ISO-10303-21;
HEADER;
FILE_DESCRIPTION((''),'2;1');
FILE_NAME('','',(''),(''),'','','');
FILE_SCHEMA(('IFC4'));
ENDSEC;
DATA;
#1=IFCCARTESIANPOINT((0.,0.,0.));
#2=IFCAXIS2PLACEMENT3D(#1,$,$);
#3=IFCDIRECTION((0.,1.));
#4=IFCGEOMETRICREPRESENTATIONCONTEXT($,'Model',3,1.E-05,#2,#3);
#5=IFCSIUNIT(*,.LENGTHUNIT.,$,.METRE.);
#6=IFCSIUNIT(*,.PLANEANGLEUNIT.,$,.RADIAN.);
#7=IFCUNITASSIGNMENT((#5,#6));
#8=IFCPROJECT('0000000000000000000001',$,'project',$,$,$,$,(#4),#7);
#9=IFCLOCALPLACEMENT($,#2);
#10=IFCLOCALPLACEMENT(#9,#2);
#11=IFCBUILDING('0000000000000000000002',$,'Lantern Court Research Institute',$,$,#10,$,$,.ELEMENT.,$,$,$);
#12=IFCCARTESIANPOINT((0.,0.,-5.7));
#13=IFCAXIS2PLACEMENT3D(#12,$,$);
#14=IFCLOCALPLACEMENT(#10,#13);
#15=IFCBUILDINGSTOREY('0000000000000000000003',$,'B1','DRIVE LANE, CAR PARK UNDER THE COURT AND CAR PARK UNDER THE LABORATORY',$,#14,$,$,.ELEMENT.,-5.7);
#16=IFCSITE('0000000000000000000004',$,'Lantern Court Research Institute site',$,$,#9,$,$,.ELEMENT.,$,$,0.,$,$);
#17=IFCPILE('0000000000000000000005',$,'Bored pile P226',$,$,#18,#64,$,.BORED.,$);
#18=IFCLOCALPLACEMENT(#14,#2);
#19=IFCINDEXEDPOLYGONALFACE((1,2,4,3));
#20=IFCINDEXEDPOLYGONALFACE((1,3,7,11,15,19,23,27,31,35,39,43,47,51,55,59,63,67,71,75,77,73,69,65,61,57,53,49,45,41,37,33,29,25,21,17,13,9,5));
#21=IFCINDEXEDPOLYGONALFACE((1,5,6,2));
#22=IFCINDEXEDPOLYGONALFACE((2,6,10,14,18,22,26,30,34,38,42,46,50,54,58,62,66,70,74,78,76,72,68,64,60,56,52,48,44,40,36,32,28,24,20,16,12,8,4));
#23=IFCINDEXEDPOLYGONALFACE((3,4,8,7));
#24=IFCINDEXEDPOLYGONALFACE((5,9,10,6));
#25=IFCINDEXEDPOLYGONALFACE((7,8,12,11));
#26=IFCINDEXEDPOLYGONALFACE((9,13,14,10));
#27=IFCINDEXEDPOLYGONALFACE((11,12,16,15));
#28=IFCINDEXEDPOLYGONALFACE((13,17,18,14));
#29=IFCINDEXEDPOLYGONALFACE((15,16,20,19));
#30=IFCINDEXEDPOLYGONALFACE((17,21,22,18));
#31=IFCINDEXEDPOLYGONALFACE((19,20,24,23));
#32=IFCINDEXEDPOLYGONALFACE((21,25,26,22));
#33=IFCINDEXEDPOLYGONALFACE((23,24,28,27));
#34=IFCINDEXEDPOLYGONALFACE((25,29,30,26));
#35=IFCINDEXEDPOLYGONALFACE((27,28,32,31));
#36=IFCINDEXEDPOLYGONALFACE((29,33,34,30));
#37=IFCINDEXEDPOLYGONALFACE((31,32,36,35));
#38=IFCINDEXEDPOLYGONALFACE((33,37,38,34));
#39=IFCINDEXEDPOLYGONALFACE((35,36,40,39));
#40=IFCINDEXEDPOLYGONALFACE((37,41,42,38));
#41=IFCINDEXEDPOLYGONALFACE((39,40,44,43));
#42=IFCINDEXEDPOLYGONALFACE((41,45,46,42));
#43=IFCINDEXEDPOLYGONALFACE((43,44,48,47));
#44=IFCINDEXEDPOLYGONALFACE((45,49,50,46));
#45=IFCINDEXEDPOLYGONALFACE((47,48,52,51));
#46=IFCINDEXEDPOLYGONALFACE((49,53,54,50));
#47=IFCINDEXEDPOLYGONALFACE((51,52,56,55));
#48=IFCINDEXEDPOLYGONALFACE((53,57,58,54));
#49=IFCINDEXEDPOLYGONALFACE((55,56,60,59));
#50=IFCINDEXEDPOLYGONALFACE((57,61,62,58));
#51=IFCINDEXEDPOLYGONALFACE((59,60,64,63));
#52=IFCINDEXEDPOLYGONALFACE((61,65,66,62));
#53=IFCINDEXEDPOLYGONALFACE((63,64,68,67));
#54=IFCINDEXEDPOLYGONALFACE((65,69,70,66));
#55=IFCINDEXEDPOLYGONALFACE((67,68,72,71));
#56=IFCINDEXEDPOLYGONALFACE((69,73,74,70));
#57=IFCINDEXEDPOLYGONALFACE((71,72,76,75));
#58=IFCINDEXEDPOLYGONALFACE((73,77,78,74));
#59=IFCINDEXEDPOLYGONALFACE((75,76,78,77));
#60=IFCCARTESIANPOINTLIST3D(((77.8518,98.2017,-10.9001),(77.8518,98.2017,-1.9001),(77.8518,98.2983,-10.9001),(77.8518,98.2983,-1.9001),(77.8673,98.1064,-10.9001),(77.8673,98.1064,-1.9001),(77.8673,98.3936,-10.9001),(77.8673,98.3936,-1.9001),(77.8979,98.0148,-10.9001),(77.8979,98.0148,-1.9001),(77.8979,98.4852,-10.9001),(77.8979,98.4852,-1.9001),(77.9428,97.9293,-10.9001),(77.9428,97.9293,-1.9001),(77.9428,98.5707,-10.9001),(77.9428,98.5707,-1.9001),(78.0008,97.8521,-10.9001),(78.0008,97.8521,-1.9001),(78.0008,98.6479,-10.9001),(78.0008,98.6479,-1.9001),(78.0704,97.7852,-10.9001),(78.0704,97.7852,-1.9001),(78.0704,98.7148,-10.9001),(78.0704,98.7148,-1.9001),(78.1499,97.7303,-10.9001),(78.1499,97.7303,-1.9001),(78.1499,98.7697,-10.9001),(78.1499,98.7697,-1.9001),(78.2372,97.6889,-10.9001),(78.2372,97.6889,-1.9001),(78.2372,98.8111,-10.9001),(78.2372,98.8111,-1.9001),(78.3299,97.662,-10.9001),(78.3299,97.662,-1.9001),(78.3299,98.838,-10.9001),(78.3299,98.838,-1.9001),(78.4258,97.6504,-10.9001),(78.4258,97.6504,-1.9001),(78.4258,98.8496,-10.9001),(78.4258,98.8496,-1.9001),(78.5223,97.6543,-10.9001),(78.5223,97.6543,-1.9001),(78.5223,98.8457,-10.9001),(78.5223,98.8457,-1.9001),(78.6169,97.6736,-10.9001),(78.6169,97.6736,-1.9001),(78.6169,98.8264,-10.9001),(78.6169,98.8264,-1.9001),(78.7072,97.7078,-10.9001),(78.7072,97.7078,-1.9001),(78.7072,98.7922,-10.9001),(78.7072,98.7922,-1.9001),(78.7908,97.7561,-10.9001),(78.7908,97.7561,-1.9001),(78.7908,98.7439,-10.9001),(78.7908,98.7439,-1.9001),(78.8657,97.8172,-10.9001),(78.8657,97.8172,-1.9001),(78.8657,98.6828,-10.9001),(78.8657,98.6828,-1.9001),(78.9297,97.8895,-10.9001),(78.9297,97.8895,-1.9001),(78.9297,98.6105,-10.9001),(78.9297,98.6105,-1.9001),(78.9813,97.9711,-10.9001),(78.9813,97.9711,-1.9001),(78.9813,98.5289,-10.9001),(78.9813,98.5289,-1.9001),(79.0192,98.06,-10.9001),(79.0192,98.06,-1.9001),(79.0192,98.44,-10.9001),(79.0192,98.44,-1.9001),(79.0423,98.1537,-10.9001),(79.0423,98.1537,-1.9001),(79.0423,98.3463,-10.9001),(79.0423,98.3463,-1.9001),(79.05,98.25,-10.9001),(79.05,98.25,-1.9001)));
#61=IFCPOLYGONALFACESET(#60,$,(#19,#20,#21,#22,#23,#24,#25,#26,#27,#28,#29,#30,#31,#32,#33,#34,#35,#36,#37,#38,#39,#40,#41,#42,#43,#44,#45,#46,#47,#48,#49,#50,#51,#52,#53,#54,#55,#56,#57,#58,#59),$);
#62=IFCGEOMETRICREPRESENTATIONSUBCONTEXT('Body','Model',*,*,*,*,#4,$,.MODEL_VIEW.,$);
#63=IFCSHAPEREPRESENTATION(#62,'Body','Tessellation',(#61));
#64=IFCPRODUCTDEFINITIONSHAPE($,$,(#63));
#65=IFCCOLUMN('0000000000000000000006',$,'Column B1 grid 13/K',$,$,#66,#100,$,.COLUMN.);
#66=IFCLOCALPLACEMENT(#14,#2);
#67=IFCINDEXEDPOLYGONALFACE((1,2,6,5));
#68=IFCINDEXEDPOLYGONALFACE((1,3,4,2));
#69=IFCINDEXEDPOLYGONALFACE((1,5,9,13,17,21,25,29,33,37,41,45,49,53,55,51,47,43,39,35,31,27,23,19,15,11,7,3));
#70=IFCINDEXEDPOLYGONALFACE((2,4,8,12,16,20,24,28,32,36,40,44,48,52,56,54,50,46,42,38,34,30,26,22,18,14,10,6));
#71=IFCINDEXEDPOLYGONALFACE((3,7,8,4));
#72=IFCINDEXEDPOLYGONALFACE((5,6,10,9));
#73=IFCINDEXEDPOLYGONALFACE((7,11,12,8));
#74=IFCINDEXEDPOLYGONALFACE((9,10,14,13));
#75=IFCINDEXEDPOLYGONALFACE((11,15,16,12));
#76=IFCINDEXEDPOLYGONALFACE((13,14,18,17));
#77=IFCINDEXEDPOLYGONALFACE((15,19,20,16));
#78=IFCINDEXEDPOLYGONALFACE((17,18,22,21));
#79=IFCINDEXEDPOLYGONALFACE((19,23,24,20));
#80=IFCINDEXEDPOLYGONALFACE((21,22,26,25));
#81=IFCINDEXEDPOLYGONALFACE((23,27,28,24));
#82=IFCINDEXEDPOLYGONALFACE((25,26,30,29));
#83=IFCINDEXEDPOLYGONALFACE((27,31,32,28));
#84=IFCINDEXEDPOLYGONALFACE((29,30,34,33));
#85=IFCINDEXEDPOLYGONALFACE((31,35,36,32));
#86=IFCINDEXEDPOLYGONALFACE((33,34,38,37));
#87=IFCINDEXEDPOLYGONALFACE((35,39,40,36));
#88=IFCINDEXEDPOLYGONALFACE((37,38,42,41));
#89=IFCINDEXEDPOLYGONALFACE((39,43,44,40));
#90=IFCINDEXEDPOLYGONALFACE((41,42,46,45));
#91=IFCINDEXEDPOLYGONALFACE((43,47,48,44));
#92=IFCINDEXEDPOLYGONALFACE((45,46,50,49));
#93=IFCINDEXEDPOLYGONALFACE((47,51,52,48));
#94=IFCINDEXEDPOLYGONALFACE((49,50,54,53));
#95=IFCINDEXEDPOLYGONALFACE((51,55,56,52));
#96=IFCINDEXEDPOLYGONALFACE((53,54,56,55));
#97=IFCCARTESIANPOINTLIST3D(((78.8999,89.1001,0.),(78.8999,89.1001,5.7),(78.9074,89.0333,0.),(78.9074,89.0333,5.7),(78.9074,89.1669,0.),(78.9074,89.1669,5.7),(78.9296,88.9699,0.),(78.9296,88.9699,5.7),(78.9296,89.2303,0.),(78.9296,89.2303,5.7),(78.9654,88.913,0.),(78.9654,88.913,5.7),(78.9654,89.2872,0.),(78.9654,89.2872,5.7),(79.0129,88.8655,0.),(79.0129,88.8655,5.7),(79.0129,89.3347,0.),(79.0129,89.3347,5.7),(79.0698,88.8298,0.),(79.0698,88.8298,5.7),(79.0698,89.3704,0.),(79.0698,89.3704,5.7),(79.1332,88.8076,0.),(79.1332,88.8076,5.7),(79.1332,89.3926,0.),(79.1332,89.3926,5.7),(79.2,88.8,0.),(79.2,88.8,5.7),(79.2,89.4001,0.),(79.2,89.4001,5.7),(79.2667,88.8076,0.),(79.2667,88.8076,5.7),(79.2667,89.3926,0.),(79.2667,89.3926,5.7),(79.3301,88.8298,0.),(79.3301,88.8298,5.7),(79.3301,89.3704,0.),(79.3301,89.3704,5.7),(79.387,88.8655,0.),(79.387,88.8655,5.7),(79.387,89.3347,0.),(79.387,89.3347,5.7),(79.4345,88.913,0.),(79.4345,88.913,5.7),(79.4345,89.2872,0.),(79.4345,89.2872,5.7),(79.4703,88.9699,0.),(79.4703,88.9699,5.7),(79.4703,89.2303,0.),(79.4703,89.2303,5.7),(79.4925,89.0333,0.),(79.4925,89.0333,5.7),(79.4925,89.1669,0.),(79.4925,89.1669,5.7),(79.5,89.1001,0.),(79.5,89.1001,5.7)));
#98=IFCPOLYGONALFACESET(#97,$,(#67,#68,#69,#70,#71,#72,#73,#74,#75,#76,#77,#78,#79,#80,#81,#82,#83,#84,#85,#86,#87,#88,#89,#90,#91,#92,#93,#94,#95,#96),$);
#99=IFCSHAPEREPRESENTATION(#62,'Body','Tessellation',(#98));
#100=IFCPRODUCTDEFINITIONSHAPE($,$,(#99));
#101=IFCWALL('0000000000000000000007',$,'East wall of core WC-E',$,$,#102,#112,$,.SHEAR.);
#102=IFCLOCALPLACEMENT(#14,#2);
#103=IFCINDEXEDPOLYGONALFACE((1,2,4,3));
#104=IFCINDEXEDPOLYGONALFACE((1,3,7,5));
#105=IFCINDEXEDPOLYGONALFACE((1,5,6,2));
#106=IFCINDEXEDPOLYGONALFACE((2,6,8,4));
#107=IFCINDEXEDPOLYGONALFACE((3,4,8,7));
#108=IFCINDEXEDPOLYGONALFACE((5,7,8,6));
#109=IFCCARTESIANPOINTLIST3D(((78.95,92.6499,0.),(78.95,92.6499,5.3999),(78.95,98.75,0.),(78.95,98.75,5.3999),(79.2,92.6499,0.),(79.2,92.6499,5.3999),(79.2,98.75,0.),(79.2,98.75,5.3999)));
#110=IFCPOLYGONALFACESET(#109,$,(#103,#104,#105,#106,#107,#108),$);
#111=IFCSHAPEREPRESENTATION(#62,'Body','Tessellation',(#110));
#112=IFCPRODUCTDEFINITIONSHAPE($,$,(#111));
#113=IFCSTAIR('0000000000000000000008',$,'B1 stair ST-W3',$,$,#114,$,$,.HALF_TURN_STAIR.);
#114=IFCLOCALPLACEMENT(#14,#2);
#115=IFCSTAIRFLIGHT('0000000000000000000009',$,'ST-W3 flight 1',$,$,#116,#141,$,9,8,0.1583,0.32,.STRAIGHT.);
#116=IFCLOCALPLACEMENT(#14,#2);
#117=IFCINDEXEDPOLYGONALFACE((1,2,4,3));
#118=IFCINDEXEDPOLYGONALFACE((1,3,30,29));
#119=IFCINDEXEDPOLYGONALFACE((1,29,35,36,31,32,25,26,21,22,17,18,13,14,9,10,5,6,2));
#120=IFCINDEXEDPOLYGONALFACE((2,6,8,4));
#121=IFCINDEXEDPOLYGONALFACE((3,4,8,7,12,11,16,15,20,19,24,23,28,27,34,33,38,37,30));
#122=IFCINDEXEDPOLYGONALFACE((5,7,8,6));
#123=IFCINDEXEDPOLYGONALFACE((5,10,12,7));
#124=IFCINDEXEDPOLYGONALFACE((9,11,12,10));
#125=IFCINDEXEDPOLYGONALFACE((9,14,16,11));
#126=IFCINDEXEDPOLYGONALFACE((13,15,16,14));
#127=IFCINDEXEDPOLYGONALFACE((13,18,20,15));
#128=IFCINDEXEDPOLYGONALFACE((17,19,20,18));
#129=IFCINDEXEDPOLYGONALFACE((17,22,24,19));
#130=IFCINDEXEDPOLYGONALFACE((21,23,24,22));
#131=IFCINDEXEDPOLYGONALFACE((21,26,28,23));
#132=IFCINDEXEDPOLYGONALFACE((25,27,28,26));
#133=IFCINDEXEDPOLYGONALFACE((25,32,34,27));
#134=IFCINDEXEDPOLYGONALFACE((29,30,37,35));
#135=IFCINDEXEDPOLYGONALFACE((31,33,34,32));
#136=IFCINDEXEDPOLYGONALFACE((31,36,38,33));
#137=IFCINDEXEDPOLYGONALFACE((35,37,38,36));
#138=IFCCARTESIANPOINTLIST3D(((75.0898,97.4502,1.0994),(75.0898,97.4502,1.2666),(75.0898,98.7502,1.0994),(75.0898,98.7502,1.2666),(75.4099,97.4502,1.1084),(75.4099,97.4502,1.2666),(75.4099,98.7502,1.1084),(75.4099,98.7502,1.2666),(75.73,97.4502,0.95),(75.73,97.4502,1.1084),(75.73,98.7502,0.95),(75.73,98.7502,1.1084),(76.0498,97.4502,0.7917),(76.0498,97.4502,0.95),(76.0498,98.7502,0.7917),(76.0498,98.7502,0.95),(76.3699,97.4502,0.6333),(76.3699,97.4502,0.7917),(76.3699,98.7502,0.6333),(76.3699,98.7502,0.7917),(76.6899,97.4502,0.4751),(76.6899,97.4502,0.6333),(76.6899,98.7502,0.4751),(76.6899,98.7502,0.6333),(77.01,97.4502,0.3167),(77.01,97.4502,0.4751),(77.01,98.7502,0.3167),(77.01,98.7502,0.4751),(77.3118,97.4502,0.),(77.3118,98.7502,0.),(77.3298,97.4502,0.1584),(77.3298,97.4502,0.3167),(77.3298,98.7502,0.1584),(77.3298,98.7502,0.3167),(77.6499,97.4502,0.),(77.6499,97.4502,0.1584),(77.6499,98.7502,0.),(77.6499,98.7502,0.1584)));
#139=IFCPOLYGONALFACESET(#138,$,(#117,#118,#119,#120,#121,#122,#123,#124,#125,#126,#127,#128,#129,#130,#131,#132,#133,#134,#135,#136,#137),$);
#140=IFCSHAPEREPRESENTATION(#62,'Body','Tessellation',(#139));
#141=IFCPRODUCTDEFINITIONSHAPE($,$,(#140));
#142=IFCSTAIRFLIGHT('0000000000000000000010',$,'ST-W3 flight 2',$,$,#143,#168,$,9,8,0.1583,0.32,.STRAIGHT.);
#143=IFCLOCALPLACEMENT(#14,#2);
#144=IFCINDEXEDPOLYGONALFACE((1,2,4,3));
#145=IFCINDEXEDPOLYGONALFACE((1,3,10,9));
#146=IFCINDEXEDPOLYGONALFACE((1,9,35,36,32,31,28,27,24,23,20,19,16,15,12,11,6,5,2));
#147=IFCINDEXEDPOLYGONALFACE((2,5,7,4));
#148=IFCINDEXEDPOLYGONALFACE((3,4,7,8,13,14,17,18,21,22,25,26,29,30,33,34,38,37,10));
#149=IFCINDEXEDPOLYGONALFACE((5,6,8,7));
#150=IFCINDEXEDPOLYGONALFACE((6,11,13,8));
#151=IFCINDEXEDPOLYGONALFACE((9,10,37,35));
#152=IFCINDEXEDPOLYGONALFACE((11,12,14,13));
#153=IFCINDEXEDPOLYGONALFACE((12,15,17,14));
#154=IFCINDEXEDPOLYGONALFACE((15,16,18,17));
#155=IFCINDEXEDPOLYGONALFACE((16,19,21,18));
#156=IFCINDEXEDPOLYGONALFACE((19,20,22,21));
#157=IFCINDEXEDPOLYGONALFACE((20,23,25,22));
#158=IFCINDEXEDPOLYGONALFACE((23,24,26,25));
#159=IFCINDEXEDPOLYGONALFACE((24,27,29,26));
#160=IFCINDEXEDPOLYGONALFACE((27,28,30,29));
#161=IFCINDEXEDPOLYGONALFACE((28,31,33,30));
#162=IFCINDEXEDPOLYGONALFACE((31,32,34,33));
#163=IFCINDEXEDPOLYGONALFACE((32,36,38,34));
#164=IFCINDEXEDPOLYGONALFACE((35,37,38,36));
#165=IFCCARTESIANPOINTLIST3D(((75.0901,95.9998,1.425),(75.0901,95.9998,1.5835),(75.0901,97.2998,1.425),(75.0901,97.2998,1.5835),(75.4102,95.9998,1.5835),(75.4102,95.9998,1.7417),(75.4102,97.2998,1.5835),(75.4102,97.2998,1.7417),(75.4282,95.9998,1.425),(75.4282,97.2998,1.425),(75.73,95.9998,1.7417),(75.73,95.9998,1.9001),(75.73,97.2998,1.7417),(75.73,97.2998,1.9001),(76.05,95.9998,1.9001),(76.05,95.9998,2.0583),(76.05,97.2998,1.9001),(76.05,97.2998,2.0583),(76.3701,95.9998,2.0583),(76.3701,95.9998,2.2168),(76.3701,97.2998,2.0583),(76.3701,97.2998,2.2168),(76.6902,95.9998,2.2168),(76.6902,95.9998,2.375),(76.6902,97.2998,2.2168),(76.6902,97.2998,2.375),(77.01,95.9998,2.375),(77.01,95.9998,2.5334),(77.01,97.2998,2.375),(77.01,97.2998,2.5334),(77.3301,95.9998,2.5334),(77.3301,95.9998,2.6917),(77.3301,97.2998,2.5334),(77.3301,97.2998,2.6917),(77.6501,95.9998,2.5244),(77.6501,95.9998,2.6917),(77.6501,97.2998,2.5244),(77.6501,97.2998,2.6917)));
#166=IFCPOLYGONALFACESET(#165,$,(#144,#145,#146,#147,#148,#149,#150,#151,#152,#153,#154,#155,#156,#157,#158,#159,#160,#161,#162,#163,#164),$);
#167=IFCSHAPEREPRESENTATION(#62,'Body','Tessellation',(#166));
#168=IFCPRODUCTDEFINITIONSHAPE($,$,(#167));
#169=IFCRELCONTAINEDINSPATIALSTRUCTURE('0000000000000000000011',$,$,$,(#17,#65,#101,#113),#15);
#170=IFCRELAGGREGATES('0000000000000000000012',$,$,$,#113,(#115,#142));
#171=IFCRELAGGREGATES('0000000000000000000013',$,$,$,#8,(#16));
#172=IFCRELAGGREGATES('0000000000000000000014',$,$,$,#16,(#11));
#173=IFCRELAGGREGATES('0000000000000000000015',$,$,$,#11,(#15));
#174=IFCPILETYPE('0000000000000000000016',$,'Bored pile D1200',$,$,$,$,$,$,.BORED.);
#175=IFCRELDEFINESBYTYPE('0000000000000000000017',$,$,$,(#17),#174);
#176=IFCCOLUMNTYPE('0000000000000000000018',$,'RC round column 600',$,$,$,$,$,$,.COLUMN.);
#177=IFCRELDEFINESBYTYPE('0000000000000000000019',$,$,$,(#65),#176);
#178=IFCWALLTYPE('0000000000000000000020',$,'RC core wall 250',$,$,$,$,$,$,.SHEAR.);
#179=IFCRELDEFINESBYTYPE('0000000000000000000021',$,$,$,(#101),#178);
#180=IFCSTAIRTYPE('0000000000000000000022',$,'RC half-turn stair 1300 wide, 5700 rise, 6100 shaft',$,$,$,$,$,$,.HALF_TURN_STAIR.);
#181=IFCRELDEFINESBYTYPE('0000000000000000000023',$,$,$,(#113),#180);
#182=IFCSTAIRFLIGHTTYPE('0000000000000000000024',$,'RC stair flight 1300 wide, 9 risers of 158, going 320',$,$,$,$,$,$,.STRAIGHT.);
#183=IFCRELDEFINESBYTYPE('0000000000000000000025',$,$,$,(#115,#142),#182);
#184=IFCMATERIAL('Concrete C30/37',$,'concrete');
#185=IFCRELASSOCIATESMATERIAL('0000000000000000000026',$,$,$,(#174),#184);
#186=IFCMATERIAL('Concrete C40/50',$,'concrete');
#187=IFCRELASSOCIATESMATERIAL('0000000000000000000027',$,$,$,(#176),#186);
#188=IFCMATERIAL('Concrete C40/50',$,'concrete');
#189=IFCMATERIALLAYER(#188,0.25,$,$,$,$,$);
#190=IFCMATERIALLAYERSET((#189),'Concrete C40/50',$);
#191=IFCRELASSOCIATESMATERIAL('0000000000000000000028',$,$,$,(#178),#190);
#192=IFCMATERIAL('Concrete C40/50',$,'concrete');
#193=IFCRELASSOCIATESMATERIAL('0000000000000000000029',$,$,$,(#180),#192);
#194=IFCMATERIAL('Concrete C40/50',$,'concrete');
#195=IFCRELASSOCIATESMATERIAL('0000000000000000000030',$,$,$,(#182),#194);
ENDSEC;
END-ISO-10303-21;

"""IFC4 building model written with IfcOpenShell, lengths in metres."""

from ifc_helpers import new_model, si_unit, direction, frame, frame_2d, origin, origin_2d, place, context, subcontext, project, spatial, polyline, rectangle, circle, outline, extrude, material, layer, layer_set, material_profile, profile_set, type_object, element, aggregate, save


model = new_model("IFC4")

# Units and contexts
model_context = context("Model", 3, precision=1e-05, world=origin(), true_north=direction((0.0, 1.0)))
body_context = subcontext(model_context, "Body", "Model", "MODEL_VIEW")
ifc_project = project(units=[si_unit("LENGTHUNIT", "METRE"), si_unit("PLANEANGLEUNIT", "RADIAN")], contexts=[model_context])

# Site, building, storey
site_placement = place(None, origin())
site = spatial("IfcSite", under=ifc_project, at=site_placement, Name="Lantern Court Research Institute site", CompositionType="ELEMENT", RefElevation=0.0)
building_placement = place(site_placement, origin())
building = spatial("IfcBuilding", under=site, at=building_placement, Name="Lantern Court Research Institute", CompositionType="ELEMENT")
storey_placement = place(building_placement, frame((0.0, 0.0, -5.7)))
storey = spatial("IfcBuildingStorey", under=building, at=storey_placement, Name="B1", Description="DRIVE LANE, CAR PARK UNDER THE COURT AND CAR PARK UNDER THE LABORATORY", CompositionType="ELEMENT", Elevation=-5.7)

# Pile
ifc_material_1 = material(Name="Concrete C30/37", Category="concrete")
ifc_material_profile_1 = material_profile(ifc_material_1, circle(Radius=0.6001, at=origin_2d()), Name="Bored pile D1200")
ifc_profile_set_1 = profile_set([ifc_material_profile_1], Name="Concrete C30/37")
pile_type_1 = type_object("IfcPileType", Name="Bored pile D1200", PredefinedType="BORED", material=ifc_profile_set_1)
for number, where, z_axis, x_axis, name in (
    (1, (78.45, 98.25, -1.9001), (0.0, 0.0, -1.0), (1.0, 0.0, 0.0), "Bored pile P226"),
):
    element("IfcPile", number, at=place(storey_placement, frame(where, z_axis=z_axis, x_axis=x_axis)), inside=storey, type_object=pile_type_1, Name=name, PredefinedType="BORED", context=body_context, shape_type="SweptSolid", body=[
        extrude(circle(Radius=0.6001, at=origin_2d()), origin(), (0.0, 0.0, 1.0), 9.0),
    ])

# Column
ifc_material_2 = material(Name="Concrete C40/50", Category="concrete")
ifc_material_profile_2 = material_profile(ifc_material_2, circle(Radius=0.3, at=origin_2d()), Name="RC round column 600")
ifc_profile_set_2 = profile_set([ifc_material_profile_2], Name="Concrete C40/50")
column_type = type_object("IfcColumnType", Name="RC round column 600", PredefinedType="COLUMN", material=ifc_profile_set_2)
column_placement = place(storey_placement, frame((79.2, 89.1001, 0.0), z_axis=(0.0, 0.0, 1.0), x_axis=(1.0, 0.0, 0.0)))
element("IfcColumn", 2, at=column_placement, inside=storey, type_object=column_type, Name="Column B1 grid 13/K", PredefinedType="COLUMN", context=body_context, shape_type="SweptSolid", body=[
    extrude(circle(Radius=0.3, at=origin_2d()), origin(), (0.0, 0.0, 1.0), 5.7),
])

# Wall
ifc_material_3 = material(Name="Concrete C40/50", Category="concrete")
ifc_layer = layer(ifc_material_3, 0.25)
ifc_layer_set = layer_set([ifc_layer], Name="Concrete C40/50")
wall_type = type_object("IfcWallType", Name="RC core wall 250", PredefinedType="SHEAR", material=ifc_layer_set)
wall_placement = place(storey_placement, frame((79.075, 92.6499, 0.0), z_axis=(0.0, 0.0, 1.0), x_axis=(0.0, 1.0, 0.0)))
element("IfcWall", 3, at=wall_placement, inside=storey, type_object=wall_type, Name="East wall of core WC-E", PredefinedType="SHEAR", context=body_context, shape_type="SweptSolid", body=[
    extrude(rectangle(XDim=6.1001, YDim=0.25, at=frame_2d((3.05, 0.0))), origin(), (0.0, 0.0, 1.0), 5.3999),
])

# Stair, stair flights
ifc_material_4 = material(Name="Concrete C40/50", Category="concrete")
stair_type = type_object("IfcStairType", Name="RC half-turn stair 1300 wide, 5700 rise, 6100 shaft", PredefinedType="HALF_TURN_STAIR", material=ifc_material_4)
stair_placement = place(storey_placement, origin())
stair = element("IfcStair", 4, at=stair_placement, inside=storey, type_object=stair_type, Name="B1 stair ST-W3", PredefinedType="HALF_TURN_STAIR")
ifc_material_5 = material(Name="Concrete C40/50", Category="concrete")
stair_flight_type = type_object("IfcStairFlightType", Name="RC stair flight 1300 wide, 9 risers of 158, going 320", PredefinedType="STRAIGHT", material=ifc_material_5)
stair_flight_1_placement = place(storey_placement, frame((77.6499, 98.1001, 0.0), z_axis=(0.0, 0.0, 1.0), x_axis=(-1.0, 0.0, 0.0)))
stair_flight_1 = element("IfcStairFlight", 5, at=stair_flight_1_placement, type_object=stair_flight_type, Name="ST-W3 flight 1", NumberOfRisers=9, NumberOfTreads=8, PredefinedType="STRAIGHT", RiserHeight=0.1583, TreadLength=0.32, context=body_context, shape_type="SweptSolid", body=[
    extrude(outline(polyline([(0.0, 0.0), (0.0, 0.1584), (0.3201, 0.1584), (0.3201, 0.3167), (0.6399, 0.3167), (0.6399, 0.4751), (0.96, 0.4751), (0.96, 0.6333), (1.28, 0.6333), (1.28, 0.7917), (1.6001, 0.7917), (1.6001, 0.95), (1.9199, 0.95), (1.9199, 1.1084), (2.24, 1.1084), (2.24, 1.2666), (2.5601, 1.2666), (2.5601, 1.425), (2.5601, 1.0994), (0.3381, 0.0), (0.0, 0.0)])), frame((0.0, 0.6499, 0.0), z_axis=(0.0, -1.0, 0.0), x_axis=(1.0, 0.0, 0.0)), (0.0, 0.0, 1.0), 1.3),
])
stair_flight_2_placement = place(storey_placement, frame((75.0901, 96.6499, 1.425), z_axis=(0.0, 0.0, 1.0), x_axis=(1.0, 0.0, 0.0)))
stair_flight_2 = element("IfcStairFlight", 6, at=stair_flight_2_placement, type_object=stair_flight_type, Name="ST-W3 flight 2", NumberOfRisers=9, NumberOfTreads=8, PredefinedType="STRAIGHT", RiserHeight=0.1583, TreadLength=0.32, context=body_context, shape_type="SweptSolid", body=[
    extrude(outline(polyline([(0.0, 0.0), (0.0, 0.1584), (0.3201, 0.1584), (0.3201, 0.3167), (0.6399, 0.3167), (0.6399, 0.4751), (0.96, 0.4751), (0.96, 0.6333), (1.28, 0.6333), (1.28, 0.7917), (1.6001, 0.7917), (1.6001, 0.95), (1.9199, 0.95), (1.9199, 1.1084), (2.24, 1.1084), (2.24, 1.2666), (2.5601, 1.2666), (2.5601, 1.425), (2.5601, 1.0994), (0.3381, 0.0), (0.0, 0.0)])), frame((0.0, 0.6499, 0.0), z_axis=(0.0, -1.0, 0.0), x_axis=(1.0, 0.0, 0.0)), (0.0, 0.0, 1.0), 1.3),
])
aggregate(stair, [stair_flight_1, stair_flight_2])

save(model, "model.ifc")
